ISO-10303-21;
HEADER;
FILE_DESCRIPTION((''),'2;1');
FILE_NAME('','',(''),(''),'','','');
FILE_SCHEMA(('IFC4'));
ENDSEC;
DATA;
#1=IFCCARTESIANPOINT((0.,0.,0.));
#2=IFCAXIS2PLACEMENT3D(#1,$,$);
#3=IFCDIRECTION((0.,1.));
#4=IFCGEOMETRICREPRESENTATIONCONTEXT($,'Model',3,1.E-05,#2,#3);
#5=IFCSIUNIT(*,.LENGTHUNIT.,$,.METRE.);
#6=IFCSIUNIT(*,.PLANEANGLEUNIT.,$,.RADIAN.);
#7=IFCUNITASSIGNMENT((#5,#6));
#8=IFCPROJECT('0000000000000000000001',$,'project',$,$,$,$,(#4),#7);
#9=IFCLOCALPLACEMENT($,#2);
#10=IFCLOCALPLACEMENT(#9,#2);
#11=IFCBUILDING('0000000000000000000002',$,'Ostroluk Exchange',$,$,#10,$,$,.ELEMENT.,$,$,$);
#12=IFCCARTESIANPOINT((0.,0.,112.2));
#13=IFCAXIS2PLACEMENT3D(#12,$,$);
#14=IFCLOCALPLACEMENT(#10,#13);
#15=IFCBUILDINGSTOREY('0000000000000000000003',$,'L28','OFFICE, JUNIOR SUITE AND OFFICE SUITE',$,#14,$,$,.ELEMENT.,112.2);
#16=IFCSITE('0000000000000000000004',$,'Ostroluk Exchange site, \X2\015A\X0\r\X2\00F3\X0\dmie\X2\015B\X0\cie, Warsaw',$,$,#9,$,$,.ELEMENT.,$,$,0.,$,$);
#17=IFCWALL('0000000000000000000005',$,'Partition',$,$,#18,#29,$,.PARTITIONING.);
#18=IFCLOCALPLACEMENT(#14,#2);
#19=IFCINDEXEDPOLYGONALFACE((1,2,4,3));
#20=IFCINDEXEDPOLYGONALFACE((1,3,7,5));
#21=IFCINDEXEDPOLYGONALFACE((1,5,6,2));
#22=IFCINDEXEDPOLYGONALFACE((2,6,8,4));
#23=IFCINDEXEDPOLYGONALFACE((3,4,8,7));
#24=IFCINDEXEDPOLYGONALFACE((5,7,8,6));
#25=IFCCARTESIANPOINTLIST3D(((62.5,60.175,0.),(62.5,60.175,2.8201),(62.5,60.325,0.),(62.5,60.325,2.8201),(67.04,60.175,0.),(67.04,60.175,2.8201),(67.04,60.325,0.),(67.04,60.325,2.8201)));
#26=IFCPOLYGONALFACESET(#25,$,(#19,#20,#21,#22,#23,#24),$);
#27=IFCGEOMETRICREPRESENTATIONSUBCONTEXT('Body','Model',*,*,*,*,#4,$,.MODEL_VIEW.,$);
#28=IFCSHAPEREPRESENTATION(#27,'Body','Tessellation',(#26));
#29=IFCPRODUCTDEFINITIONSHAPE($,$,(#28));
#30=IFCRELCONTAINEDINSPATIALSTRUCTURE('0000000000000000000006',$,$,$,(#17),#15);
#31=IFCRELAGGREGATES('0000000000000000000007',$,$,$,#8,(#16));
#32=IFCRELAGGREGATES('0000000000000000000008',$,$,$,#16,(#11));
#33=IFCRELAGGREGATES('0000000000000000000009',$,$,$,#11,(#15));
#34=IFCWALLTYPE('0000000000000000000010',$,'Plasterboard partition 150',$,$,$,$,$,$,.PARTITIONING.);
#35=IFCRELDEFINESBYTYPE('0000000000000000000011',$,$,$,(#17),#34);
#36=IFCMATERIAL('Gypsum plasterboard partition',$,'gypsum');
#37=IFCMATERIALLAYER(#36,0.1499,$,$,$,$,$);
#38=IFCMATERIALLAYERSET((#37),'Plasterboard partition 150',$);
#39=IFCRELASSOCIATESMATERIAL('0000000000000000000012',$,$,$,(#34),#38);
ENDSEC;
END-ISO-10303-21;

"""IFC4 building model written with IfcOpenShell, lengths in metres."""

from ifc_helpers import new_model, si_unit, direction, frame, frame_2d, origin, place, context, subcontext, project, spatial, rectangle, extrude, material, layer, layer_set, type_object, element, save


model = new_model("IFC4")

# Units and contexts
model_context = context("Model", 3, precision=1e-05, world=origin(), true_north=direction((0.0, 1.0)))
body_context = subcontext(model_context, "Body", "Model", "MODEL_VIEW")
ifc_project = project(units=[si_unit("LENGTHUNIT", "METRE"), si_unit("PLANEANGLEUNIT", "RADIAN")], contexts=[model_context])

# Site, building, storey
site_placement = place(None, origin())
site = spatial("IfcSite", under=ifc_project, at=site_placement, Name="Ostroluk Exchange site, Śródmieście, Warsaw", CompositionType="ELEMENT", RefElevation=0.0)
building_placement = place(site_placement, origin())
building = spatial("IfcBuilding", under=site, at=building_placement, Name="Ostroluk Exchange", CompositionType="ELEMENT")
storey_placement = place(building_placement, frame((0.0, 0.0, 112.2)))
storey = spatial("IfcBuildingStorey", under=building, at=storey_placement, Name="L28", Description="OFFICE, JUNIOR SUITE AND OFFICE SUITE", CompositionType="ELEMENT", Elevation=112.2)

# Shared definitions
ifc_material_1 = material(Name="Gypsum plasterboard partition", Category="gypsum")
ifc_layer_1 = layer(ifc_material_1, 0.1499)
ifc_layer_set_1 = layer_set([ifc_layer_1], Name="Plasterboard partition 150")
wall_type_1 = type_object("IfcWallType", Name="Plasterboard partition 150", PredefinedType="PARTITIONING", material=ifc_layer_set_1)

# Wall
for number, where, z_axis, x_axis, name in (
    (1, (62.5, 60.25, 0.0), (0.0, 0.0, 1.0), (1.0, 0.0, 0.0), "Partition"),
):
    element("IfcWall", number, at=place(storey_placement, frame(where, z_axis=z_axis, x_axis=x_axis)), inside=storey, type_object=wall_type_1, Name=name, PredefinedType="PARTITIONING", context=body_context, shape_type="SweptSolid", body=[
        extrude(rectangle(XDim=4.54, YDim=0.1499, at=frame_2d((2.27, 0.0))), origin(), (0.0, 0.0, 1.0), 2.8201),
    ])

save(model, "model.ifc")
